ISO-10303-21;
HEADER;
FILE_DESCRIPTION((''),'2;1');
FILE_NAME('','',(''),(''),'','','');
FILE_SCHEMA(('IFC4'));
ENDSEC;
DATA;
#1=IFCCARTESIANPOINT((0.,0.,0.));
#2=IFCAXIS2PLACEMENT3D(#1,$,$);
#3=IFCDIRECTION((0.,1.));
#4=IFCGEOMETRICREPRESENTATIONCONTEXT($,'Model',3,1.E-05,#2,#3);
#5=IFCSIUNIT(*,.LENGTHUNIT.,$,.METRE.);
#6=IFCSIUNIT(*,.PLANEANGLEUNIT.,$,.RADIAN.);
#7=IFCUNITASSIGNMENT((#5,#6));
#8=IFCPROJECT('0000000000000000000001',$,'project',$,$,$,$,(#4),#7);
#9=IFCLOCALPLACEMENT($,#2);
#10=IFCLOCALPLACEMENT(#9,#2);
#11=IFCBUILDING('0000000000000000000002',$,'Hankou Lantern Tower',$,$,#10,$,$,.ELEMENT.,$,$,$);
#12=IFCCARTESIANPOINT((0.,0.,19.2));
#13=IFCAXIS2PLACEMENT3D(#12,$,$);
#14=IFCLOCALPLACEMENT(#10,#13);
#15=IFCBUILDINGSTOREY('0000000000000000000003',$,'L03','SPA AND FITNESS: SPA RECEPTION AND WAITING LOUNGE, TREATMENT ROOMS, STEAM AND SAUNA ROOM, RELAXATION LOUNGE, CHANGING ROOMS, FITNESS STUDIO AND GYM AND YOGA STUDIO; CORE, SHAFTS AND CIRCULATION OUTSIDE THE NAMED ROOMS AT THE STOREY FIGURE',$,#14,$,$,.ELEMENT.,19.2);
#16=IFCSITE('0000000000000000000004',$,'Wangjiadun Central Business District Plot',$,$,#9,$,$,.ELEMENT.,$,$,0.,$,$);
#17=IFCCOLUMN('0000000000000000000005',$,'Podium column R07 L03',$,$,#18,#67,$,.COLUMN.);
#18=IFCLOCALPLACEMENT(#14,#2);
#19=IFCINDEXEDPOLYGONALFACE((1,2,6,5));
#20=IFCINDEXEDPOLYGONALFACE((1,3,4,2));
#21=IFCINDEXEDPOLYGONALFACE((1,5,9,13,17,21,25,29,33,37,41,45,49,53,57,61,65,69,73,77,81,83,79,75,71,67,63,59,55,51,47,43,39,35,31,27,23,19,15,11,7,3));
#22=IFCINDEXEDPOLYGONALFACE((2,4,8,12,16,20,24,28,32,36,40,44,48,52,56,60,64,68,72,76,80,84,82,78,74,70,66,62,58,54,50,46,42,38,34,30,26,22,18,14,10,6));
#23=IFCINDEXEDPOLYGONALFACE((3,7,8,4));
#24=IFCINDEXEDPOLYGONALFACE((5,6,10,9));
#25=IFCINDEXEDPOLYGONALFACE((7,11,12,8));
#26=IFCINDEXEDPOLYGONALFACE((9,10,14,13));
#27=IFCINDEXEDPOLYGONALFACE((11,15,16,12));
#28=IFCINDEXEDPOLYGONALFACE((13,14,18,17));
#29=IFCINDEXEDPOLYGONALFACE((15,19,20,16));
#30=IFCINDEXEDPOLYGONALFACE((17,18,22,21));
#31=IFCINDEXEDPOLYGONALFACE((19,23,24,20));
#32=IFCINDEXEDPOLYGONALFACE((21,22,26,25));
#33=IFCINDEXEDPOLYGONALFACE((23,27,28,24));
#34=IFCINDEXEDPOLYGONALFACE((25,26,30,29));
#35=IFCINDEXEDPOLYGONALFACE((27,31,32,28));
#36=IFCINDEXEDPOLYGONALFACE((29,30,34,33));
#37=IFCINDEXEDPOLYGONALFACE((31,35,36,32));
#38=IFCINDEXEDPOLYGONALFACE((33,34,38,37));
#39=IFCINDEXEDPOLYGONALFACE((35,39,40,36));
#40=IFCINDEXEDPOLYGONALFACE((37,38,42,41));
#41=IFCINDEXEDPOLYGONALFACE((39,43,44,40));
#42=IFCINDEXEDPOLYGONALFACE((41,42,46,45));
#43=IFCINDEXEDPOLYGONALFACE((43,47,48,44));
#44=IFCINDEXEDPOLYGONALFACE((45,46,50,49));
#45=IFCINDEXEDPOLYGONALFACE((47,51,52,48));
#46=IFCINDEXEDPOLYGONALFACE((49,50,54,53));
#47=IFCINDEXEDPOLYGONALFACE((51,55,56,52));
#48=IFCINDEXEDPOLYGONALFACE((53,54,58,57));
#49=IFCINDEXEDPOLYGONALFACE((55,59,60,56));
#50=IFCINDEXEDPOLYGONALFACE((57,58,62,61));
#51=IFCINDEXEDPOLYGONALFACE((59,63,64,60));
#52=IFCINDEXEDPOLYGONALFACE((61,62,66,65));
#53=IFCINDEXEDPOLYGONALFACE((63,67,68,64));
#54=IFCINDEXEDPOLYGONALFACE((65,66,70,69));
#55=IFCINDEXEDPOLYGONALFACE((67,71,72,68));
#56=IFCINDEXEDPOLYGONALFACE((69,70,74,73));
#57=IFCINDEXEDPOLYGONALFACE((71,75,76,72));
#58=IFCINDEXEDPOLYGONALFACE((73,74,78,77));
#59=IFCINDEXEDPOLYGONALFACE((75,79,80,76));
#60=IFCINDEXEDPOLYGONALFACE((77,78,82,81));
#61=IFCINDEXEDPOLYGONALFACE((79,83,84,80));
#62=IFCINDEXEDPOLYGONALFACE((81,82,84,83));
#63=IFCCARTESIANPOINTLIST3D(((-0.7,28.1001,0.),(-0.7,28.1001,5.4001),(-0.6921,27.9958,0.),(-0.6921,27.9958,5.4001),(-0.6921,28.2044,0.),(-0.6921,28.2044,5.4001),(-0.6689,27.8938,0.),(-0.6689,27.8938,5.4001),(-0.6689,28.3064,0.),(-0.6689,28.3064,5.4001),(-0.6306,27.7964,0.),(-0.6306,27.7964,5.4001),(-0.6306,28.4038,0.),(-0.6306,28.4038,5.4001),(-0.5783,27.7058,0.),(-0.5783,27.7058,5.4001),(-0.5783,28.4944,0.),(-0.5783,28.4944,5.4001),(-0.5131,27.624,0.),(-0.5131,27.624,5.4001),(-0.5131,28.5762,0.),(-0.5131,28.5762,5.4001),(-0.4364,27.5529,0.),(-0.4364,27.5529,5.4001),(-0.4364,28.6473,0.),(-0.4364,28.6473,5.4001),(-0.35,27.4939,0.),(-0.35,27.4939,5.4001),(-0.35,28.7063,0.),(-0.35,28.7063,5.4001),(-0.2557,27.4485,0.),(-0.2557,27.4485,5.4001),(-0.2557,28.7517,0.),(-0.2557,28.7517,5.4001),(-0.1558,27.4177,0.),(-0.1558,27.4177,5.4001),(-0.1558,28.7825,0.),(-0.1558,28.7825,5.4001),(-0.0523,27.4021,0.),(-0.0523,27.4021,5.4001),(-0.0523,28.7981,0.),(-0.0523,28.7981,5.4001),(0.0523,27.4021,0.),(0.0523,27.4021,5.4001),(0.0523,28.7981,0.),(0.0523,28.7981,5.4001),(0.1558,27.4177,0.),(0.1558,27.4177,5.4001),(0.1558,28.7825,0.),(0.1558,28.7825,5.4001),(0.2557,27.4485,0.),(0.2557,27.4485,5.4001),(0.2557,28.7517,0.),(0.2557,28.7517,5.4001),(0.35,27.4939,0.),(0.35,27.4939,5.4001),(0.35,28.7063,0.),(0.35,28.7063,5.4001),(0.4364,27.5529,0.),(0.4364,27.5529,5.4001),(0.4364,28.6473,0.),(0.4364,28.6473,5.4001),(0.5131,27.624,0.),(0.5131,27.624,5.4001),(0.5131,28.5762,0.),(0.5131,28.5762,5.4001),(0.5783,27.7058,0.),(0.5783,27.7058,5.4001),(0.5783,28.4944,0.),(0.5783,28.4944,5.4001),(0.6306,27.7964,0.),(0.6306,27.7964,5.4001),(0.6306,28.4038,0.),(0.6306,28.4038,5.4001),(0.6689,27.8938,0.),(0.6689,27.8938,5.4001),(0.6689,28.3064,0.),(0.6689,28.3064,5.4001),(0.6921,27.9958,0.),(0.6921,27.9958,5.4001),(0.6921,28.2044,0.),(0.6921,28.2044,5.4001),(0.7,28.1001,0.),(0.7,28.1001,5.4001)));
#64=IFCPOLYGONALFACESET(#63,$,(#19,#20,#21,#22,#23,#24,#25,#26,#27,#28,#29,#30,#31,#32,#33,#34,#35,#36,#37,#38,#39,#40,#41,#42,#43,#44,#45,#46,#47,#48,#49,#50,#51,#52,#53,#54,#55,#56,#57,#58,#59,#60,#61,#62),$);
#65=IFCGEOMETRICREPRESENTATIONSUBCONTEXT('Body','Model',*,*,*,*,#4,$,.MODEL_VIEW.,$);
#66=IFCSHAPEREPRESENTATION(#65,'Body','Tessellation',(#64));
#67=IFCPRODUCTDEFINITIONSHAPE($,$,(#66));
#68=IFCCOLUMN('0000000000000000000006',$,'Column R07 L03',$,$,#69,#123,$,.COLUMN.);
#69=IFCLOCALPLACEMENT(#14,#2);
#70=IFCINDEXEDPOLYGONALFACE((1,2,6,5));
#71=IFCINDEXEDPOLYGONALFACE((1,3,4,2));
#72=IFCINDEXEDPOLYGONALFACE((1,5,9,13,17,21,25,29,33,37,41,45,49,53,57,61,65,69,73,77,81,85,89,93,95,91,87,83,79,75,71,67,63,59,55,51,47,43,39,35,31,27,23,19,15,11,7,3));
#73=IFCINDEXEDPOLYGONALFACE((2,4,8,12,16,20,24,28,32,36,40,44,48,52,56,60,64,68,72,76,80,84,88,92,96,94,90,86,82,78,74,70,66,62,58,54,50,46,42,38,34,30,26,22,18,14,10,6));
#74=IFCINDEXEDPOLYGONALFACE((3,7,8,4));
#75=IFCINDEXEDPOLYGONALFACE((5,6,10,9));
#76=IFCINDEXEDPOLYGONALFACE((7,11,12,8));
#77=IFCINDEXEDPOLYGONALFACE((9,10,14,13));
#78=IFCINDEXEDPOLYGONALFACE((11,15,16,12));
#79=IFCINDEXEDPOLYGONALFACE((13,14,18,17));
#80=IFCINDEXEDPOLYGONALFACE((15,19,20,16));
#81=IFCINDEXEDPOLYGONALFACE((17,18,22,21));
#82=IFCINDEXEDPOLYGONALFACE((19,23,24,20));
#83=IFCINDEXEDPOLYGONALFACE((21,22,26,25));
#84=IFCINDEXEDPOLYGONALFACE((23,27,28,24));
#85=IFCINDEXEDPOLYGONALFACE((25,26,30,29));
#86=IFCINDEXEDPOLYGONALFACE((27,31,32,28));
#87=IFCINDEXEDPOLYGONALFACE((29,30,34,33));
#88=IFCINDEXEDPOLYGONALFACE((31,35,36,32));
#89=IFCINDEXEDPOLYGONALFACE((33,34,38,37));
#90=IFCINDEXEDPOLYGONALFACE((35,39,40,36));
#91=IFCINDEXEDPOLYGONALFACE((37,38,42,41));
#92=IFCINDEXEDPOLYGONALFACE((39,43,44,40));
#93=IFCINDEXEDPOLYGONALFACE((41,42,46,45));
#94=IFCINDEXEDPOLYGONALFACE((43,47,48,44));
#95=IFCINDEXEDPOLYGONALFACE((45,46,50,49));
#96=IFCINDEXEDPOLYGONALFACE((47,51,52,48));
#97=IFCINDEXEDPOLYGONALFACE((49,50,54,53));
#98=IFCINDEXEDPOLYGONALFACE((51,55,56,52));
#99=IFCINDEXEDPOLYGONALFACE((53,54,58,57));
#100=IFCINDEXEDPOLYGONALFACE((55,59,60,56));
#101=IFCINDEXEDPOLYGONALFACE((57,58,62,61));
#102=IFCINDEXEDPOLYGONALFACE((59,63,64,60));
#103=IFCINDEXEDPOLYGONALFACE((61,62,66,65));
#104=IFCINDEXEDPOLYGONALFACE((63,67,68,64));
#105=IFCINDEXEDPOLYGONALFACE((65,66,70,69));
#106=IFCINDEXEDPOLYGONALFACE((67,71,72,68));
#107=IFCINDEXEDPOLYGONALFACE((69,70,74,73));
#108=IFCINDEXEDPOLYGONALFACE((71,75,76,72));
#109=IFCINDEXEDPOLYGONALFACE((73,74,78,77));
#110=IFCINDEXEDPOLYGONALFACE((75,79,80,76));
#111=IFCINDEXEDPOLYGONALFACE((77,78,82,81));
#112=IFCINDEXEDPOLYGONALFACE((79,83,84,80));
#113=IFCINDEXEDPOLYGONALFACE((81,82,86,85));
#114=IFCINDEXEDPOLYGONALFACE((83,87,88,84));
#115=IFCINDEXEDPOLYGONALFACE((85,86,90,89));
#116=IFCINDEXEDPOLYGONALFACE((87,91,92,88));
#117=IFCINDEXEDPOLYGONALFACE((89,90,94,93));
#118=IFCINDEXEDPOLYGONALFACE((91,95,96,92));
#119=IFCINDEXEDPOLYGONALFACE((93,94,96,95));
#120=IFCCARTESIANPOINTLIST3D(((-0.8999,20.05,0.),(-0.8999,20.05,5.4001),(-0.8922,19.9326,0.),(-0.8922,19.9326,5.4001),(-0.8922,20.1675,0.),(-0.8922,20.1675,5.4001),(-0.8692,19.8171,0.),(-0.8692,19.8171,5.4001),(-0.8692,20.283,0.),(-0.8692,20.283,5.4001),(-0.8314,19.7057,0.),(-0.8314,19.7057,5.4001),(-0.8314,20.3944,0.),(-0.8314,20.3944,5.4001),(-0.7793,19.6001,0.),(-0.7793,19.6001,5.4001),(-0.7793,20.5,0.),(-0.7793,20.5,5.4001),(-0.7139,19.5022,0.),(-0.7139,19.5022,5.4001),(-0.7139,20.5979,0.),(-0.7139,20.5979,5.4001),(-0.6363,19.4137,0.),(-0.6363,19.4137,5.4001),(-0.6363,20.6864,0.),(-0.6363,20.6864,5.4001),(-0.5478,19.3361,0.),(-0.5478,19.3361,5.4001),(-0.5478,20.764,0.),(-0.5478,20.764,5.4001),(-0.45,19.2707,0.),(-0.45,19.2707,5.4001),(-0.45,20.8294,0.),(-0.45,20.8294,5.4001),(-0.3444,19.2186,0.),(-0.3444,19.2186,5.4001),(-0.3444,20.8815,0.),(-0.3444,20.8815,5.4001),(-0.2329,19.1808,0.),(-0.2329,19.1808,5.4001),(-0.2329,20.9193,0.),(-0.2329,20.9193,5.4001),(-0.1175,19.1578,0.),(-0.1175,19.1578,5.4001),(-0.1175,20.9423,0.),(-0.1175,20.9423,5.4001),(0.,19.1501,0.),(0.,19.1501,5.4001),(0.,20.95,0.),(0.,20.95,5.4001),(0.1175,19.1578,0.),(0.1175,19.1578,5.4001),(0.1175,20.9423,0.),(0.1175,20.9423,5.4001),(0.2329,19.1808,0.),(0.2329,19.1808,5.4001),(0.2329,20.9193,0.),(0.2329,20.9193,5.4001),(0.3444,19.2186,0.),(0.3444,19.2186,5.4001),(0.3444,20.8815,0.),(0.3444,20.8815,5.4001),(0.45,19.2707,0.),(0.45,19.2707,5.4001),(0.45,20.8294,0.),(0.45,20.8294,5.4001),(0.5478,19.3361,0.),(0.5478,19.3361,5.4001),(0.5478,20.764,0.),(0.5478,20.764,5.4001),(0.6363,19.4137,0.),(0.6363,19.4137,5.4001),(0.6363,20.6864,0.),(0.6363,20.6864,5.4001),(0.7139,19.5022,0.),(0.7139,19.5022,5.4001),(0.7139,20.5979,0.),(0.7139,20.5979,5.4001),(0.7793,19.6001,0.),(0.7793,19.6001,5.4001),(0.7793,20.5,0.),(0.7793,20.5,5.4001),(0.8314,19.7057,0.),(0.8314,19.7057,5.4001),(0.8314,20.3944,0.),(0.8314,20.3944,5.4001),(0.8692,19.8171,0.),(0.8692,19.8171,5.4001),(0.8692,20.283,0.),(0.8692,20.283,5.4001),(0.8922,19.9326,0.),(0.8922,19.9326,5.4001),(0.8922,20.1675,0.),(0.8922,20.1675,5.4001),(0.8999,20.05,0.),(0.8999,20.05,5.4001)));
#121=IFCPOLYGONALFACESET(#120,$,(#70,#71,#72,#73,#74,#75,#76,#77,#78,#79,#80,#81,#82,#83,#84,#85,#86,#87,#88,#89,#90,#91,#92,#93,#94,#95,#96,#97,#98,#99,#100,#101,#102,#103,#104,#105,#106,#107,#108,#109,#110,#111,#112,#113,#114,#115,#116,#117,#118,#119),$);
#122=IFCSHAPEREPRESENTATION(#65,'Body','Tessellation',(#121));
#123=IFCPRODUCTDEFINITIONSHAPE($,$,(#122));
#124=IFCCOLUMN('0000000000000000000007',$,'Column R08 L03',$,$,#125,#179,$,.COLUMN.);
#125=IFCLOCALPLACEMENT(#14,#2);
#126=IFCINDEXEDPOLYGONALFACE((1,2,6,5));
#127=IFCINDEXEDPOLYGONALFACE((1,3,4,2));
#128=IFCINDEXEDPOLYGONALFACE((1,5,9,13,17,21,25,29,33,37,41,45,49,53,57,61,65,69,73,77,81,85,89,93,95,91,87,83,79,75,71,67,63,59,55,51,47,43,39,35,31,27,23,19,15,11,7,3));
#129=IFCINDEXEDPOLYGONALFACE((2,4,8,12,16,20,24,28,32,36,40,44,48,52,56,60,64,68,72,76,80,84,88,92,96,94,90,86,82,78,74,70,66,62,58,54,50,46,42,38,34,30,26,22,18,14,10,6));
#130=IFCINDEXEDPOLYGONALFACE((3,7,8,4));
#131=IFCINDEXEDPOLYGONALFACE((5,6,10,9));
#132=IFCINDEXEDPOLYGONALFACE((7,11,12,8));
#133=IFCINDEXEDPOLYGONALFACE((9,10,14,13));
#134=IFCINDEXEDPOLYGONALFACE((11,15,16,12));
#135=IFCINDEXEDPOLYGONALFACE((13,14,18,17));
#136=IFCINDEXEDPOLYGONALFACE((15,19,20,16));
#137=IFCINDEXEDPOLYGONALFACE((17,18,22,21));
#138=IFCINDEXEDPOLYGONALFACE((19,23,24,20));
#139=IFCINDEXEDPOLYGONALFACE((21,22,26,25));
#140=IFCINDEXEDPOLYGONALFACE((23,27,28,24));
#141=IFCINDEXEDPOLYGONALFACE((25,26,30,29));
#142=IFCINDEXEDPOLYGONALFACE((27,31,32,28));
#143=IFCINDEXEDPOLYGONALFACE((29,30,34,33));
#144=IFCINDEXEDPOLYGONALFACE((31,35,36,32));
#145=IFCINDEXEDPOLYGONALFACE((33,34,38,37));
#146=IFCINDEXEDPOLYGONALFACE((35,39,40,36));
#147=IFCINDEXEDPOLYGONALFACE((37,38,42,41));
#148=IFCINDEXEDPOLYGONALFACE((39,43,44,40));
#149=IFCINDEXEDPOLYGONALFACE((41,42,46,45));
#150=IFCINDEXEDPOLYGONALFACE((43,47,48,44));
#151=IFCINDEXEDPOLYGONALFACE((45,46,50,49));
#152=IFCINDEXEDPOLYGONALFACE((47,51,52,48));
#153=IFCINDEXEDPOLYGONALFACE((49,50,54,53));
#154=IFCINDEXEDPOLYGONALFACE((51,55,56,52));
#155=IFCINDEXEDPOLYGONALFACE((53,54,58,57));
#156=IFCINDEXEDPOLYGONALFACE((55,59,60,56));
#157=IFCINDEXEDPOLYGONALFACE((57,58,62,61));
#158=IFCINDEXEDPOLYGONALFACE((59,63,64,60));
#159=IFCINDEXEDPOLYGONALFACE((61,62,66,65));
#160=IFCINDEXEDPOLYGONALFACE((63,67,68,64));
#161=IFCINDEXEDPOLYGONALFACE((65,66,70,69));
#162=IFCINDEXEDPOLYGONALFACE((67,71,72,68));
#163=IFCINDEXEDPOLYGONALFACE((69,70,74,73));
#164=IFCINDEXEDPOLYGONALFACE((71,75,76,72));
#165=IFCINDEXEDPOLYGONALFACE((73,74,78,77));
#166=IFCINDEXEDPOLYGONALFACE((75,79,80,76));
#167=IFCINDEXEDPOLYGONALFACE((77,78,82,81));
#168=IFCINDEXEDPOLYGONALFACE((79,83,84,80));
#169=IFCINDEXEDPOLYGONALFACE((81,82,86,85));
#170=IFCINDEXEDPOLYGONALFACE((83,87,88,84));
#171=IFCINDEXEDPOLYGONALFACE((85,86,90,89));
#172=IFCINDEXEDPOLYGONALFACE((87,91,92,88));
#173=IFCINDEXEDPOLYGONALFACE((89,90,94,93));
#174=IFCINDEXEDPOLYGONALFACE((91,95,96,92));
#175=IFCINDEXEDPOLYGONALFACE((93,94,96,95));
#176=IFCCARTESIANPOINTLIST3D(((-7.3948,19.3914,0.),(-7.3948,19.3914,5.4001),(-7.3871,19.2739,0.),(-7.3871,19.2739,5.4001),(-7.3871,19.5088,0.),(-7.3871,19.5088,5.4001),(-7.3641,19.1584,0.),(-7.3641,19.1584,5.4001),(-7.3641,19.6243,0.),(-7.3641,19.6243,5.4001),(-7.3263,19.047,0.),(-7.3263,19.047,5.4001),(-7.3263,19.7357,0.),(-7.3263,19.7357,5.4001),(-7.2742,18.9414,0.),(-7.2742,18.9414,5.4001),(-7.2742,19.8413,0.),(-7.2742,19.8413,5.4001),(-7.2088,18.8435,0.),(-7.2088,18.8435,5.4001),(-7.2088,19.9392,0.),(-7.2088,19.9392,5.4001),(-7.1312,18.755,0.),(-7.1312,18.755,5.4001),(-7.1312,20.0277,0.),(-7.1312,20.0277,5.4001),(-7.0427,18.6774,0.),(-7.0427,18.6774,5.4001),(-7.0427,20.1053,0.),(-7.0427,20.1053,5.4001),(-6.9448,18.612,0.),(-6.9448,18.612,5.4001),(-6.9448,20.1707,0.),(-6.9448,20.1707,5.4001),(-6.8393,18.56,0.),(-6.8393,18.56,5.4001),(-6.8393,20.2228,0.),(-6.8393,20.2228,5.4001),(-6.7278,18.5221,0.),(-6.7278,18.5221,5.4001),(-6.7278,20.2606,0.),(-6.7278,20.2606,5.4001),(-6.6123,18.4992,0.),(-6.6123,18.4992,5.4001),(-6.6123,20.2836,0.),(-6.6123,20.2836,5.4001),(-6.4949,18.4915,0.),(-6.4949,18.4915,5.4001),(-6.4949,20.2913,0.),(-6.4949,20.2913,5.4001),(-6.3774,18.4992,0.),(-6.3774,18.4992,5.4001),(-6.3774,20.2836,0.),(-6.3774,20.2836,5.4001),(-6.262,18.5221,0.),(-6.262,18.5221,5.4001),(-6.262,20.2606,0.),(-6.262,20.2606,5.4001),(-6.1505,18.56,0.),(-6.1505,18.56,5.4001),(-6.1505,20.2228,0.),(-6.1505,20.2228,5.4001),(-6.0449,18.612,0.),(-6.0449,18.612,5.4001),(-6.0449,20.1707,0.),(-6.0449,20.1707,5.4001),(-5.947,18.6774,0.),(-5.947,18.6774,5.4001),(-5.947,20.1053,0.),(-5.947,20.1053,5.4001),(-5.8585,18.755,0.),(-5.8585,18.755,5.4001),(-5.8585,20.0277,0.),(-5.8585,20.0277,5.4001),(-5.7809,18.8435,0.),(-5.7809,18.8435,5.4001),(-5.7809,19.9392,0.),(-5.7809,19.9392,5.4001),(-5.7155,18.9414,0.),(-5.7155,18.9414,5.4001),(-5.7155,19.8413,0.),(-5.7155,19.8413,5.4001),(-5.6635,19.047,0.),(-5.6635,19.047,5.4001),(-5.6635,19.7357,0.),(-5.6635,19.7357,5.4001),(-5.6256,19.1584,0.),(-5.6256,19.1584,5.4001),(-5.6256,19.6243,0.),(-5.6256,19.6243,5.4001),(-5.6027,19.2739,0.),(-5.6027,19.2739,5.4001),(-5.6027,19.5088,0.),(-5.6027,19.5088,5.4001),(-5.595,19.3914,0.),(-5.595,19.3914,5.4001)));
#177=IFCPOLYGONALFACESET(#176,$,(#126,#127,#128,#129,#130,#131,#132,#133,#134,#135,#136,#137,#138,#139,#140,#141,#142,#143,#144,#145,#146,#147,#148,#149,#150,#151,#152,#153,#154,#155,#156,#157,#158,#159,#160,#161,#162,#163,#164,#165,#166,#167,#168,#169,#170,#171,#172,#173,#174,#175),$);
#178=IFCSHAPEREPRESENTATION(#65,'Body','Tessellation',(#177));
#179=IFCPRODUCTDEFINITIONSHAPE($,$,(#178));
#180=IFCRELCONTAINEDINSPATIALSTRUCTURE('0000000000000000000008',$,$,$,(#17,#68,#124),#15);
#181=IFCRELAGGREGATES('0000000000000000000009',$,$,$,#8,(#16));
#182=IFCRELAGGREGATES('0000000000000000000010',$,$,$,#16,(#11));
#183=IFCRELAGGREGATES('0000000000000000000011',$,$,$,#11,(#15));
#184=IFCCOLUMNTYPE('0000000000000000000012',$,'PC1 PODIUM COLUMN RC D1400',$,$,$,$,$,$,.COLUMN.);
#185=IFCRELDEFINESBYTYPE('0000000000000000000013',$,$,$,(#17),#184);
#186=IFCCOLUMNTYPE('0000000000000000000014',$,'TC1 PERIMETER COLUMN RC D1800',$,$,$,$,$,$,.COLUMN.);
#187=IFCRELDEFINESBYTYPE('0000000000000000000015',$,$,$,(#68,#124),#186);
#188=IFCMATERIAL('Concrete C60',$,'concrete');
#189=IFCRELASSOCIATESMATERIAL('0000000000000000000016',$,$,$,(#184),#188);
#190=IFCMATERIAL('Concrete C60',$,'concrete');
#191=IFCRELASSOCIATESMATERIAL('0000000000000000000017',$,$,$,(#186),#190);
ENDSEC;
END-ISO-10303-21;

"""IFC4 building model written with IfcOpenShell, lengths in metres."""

from ifc_helpers import new_model, si_unit, direction, frame, origin, origin_2d, place, context, subcontext, project, spatial, circle, extrude, material, material_profile, profile_set, type_object, element, save


model = new_model("IFC4")

# Units and contexts
model_context = context("Model", 3, precision=1e-05, world=origin(), true_north=direction((0.0, 1.0)))
body_context = subcontext(model_context, "Body", "Model", "MODEL_VIEW")
ifc_project = project(units=[si_unit("LENGTHUNIT", "METRE"), si_unit("PLANEANGLEUNIT", "RADIAN")], contexts=[model_context])

# Site, building, storey
site_placement = place(None, origin())
site = spatial("IfcSite", under=ifc_project, at=site_placement, Name="Wangjiadun Central Business District Plot", CompositionType="ELEMENT", RefElevation=0.0)
building_placement = place(site_placement, origin())
building = spatial("IfcBuilding", under=site, at=building_placement, Name="Hankou Lantern Tower", CompositionType="ELEMENT")
storey_placement = place(building_placement, frame((0.0, 0.0, 19.2)))
storey = spatial("IfcBuildingStorey", under=building, at=storey_placement, Name="L03", Description="SPA AND FITNESS: SPA RECEPTION AND WAITING LOUNGE, TREATMENT ROOMS, STEAM AND SAUNA ROOM, RELAXATION LOUNGE, CHANGING ROOMS, FITNESS STUDIO AND GYM AND YOGA STUDIO; CORE, SHAFTS AND CIRCULATION OUTSIDE THE NAMED ROOMS AT THE STOREY FIGURE", CompositionType="ELEMENT", Elevation=19.2)

# Columns
ifc_material_1 = material(Name="Concrete C60", Category="concrete")
ifc_material_profile_1 = material_profile(ifc_material_1, circle(Radius=0.7, at=origin_2d()), Name="RC D1400")
ifc_profile_set_1 = profile_set([ifc_material_profile_1], Name="Concrete C60")
column_type_1 = type_object("IfcColumnType", Name="PC1 PODIUM COLUMN RC D1400", PredefinedType="COLUMN", material=ifc_profile_set_1)
column_placement = place(storey_placement, frame((0.0, 28.1001, 0.0), z_axis=(0.0, 0.0, 1.0), x_axis=(1.0, 0.0, 0.0)))
element("IfcColumn", 1, at=column_placement, inside=storey, type_object=column_type_1, Name="Podium column R07 L03", PredefinedType="COLUMN", context=body_context, shape_type="SweptSolid", body=[
    extrude(circle(Radius=0.7, at=origin_2d()), origin(), (0.0, 0.0, 1.0), 5.4001),
])
ifc_material_2 = material(Name="Concrete C60", Category="concrete")
ifc_material_profile_2 = material_profile(ifc_material_2, circle(Radius=0.8999, at=origin_2d()), Name="RC D1800")
ifc_profile_set_2 = profile_set([ifc_material_profile_2], Name="Concrete C60")
column_type_2 = type_object("IfcColumnType", Name="TC1 PERIMETER COLUMN RC D1800", PredefinedType="COLUMN", material=ifc_profile_set_2)
for number, where, z_axis, x_axis, name in (
    (2, (0.0, 20.05, 0.0), (0.0, 0.0, 1.0), (1.0, 0.0, 0.0), "Column R07 L03"),
    (3, (-6.4949, 19.3914, 0.0), (0.0, 0.0, 1.0), (1.0, 0.0, 0.0), "Column R08 L03"),
):
    element("IfcColumn", number, at=place(storey_placement, frame(where, z_axis=z_axis, x_axis=x_axis)), inside=storey, type_object=column_type_2, Name=name, PredefinedType="COLUMN", context=body_context, shape_type="SweptSolid", body=[
        extrude(circle(Radius=0.8999, at=origin_2d()), origin(), (0.0, 0.0, 1.0), 5.4001),
    ])

save(model, "model.ifc")
